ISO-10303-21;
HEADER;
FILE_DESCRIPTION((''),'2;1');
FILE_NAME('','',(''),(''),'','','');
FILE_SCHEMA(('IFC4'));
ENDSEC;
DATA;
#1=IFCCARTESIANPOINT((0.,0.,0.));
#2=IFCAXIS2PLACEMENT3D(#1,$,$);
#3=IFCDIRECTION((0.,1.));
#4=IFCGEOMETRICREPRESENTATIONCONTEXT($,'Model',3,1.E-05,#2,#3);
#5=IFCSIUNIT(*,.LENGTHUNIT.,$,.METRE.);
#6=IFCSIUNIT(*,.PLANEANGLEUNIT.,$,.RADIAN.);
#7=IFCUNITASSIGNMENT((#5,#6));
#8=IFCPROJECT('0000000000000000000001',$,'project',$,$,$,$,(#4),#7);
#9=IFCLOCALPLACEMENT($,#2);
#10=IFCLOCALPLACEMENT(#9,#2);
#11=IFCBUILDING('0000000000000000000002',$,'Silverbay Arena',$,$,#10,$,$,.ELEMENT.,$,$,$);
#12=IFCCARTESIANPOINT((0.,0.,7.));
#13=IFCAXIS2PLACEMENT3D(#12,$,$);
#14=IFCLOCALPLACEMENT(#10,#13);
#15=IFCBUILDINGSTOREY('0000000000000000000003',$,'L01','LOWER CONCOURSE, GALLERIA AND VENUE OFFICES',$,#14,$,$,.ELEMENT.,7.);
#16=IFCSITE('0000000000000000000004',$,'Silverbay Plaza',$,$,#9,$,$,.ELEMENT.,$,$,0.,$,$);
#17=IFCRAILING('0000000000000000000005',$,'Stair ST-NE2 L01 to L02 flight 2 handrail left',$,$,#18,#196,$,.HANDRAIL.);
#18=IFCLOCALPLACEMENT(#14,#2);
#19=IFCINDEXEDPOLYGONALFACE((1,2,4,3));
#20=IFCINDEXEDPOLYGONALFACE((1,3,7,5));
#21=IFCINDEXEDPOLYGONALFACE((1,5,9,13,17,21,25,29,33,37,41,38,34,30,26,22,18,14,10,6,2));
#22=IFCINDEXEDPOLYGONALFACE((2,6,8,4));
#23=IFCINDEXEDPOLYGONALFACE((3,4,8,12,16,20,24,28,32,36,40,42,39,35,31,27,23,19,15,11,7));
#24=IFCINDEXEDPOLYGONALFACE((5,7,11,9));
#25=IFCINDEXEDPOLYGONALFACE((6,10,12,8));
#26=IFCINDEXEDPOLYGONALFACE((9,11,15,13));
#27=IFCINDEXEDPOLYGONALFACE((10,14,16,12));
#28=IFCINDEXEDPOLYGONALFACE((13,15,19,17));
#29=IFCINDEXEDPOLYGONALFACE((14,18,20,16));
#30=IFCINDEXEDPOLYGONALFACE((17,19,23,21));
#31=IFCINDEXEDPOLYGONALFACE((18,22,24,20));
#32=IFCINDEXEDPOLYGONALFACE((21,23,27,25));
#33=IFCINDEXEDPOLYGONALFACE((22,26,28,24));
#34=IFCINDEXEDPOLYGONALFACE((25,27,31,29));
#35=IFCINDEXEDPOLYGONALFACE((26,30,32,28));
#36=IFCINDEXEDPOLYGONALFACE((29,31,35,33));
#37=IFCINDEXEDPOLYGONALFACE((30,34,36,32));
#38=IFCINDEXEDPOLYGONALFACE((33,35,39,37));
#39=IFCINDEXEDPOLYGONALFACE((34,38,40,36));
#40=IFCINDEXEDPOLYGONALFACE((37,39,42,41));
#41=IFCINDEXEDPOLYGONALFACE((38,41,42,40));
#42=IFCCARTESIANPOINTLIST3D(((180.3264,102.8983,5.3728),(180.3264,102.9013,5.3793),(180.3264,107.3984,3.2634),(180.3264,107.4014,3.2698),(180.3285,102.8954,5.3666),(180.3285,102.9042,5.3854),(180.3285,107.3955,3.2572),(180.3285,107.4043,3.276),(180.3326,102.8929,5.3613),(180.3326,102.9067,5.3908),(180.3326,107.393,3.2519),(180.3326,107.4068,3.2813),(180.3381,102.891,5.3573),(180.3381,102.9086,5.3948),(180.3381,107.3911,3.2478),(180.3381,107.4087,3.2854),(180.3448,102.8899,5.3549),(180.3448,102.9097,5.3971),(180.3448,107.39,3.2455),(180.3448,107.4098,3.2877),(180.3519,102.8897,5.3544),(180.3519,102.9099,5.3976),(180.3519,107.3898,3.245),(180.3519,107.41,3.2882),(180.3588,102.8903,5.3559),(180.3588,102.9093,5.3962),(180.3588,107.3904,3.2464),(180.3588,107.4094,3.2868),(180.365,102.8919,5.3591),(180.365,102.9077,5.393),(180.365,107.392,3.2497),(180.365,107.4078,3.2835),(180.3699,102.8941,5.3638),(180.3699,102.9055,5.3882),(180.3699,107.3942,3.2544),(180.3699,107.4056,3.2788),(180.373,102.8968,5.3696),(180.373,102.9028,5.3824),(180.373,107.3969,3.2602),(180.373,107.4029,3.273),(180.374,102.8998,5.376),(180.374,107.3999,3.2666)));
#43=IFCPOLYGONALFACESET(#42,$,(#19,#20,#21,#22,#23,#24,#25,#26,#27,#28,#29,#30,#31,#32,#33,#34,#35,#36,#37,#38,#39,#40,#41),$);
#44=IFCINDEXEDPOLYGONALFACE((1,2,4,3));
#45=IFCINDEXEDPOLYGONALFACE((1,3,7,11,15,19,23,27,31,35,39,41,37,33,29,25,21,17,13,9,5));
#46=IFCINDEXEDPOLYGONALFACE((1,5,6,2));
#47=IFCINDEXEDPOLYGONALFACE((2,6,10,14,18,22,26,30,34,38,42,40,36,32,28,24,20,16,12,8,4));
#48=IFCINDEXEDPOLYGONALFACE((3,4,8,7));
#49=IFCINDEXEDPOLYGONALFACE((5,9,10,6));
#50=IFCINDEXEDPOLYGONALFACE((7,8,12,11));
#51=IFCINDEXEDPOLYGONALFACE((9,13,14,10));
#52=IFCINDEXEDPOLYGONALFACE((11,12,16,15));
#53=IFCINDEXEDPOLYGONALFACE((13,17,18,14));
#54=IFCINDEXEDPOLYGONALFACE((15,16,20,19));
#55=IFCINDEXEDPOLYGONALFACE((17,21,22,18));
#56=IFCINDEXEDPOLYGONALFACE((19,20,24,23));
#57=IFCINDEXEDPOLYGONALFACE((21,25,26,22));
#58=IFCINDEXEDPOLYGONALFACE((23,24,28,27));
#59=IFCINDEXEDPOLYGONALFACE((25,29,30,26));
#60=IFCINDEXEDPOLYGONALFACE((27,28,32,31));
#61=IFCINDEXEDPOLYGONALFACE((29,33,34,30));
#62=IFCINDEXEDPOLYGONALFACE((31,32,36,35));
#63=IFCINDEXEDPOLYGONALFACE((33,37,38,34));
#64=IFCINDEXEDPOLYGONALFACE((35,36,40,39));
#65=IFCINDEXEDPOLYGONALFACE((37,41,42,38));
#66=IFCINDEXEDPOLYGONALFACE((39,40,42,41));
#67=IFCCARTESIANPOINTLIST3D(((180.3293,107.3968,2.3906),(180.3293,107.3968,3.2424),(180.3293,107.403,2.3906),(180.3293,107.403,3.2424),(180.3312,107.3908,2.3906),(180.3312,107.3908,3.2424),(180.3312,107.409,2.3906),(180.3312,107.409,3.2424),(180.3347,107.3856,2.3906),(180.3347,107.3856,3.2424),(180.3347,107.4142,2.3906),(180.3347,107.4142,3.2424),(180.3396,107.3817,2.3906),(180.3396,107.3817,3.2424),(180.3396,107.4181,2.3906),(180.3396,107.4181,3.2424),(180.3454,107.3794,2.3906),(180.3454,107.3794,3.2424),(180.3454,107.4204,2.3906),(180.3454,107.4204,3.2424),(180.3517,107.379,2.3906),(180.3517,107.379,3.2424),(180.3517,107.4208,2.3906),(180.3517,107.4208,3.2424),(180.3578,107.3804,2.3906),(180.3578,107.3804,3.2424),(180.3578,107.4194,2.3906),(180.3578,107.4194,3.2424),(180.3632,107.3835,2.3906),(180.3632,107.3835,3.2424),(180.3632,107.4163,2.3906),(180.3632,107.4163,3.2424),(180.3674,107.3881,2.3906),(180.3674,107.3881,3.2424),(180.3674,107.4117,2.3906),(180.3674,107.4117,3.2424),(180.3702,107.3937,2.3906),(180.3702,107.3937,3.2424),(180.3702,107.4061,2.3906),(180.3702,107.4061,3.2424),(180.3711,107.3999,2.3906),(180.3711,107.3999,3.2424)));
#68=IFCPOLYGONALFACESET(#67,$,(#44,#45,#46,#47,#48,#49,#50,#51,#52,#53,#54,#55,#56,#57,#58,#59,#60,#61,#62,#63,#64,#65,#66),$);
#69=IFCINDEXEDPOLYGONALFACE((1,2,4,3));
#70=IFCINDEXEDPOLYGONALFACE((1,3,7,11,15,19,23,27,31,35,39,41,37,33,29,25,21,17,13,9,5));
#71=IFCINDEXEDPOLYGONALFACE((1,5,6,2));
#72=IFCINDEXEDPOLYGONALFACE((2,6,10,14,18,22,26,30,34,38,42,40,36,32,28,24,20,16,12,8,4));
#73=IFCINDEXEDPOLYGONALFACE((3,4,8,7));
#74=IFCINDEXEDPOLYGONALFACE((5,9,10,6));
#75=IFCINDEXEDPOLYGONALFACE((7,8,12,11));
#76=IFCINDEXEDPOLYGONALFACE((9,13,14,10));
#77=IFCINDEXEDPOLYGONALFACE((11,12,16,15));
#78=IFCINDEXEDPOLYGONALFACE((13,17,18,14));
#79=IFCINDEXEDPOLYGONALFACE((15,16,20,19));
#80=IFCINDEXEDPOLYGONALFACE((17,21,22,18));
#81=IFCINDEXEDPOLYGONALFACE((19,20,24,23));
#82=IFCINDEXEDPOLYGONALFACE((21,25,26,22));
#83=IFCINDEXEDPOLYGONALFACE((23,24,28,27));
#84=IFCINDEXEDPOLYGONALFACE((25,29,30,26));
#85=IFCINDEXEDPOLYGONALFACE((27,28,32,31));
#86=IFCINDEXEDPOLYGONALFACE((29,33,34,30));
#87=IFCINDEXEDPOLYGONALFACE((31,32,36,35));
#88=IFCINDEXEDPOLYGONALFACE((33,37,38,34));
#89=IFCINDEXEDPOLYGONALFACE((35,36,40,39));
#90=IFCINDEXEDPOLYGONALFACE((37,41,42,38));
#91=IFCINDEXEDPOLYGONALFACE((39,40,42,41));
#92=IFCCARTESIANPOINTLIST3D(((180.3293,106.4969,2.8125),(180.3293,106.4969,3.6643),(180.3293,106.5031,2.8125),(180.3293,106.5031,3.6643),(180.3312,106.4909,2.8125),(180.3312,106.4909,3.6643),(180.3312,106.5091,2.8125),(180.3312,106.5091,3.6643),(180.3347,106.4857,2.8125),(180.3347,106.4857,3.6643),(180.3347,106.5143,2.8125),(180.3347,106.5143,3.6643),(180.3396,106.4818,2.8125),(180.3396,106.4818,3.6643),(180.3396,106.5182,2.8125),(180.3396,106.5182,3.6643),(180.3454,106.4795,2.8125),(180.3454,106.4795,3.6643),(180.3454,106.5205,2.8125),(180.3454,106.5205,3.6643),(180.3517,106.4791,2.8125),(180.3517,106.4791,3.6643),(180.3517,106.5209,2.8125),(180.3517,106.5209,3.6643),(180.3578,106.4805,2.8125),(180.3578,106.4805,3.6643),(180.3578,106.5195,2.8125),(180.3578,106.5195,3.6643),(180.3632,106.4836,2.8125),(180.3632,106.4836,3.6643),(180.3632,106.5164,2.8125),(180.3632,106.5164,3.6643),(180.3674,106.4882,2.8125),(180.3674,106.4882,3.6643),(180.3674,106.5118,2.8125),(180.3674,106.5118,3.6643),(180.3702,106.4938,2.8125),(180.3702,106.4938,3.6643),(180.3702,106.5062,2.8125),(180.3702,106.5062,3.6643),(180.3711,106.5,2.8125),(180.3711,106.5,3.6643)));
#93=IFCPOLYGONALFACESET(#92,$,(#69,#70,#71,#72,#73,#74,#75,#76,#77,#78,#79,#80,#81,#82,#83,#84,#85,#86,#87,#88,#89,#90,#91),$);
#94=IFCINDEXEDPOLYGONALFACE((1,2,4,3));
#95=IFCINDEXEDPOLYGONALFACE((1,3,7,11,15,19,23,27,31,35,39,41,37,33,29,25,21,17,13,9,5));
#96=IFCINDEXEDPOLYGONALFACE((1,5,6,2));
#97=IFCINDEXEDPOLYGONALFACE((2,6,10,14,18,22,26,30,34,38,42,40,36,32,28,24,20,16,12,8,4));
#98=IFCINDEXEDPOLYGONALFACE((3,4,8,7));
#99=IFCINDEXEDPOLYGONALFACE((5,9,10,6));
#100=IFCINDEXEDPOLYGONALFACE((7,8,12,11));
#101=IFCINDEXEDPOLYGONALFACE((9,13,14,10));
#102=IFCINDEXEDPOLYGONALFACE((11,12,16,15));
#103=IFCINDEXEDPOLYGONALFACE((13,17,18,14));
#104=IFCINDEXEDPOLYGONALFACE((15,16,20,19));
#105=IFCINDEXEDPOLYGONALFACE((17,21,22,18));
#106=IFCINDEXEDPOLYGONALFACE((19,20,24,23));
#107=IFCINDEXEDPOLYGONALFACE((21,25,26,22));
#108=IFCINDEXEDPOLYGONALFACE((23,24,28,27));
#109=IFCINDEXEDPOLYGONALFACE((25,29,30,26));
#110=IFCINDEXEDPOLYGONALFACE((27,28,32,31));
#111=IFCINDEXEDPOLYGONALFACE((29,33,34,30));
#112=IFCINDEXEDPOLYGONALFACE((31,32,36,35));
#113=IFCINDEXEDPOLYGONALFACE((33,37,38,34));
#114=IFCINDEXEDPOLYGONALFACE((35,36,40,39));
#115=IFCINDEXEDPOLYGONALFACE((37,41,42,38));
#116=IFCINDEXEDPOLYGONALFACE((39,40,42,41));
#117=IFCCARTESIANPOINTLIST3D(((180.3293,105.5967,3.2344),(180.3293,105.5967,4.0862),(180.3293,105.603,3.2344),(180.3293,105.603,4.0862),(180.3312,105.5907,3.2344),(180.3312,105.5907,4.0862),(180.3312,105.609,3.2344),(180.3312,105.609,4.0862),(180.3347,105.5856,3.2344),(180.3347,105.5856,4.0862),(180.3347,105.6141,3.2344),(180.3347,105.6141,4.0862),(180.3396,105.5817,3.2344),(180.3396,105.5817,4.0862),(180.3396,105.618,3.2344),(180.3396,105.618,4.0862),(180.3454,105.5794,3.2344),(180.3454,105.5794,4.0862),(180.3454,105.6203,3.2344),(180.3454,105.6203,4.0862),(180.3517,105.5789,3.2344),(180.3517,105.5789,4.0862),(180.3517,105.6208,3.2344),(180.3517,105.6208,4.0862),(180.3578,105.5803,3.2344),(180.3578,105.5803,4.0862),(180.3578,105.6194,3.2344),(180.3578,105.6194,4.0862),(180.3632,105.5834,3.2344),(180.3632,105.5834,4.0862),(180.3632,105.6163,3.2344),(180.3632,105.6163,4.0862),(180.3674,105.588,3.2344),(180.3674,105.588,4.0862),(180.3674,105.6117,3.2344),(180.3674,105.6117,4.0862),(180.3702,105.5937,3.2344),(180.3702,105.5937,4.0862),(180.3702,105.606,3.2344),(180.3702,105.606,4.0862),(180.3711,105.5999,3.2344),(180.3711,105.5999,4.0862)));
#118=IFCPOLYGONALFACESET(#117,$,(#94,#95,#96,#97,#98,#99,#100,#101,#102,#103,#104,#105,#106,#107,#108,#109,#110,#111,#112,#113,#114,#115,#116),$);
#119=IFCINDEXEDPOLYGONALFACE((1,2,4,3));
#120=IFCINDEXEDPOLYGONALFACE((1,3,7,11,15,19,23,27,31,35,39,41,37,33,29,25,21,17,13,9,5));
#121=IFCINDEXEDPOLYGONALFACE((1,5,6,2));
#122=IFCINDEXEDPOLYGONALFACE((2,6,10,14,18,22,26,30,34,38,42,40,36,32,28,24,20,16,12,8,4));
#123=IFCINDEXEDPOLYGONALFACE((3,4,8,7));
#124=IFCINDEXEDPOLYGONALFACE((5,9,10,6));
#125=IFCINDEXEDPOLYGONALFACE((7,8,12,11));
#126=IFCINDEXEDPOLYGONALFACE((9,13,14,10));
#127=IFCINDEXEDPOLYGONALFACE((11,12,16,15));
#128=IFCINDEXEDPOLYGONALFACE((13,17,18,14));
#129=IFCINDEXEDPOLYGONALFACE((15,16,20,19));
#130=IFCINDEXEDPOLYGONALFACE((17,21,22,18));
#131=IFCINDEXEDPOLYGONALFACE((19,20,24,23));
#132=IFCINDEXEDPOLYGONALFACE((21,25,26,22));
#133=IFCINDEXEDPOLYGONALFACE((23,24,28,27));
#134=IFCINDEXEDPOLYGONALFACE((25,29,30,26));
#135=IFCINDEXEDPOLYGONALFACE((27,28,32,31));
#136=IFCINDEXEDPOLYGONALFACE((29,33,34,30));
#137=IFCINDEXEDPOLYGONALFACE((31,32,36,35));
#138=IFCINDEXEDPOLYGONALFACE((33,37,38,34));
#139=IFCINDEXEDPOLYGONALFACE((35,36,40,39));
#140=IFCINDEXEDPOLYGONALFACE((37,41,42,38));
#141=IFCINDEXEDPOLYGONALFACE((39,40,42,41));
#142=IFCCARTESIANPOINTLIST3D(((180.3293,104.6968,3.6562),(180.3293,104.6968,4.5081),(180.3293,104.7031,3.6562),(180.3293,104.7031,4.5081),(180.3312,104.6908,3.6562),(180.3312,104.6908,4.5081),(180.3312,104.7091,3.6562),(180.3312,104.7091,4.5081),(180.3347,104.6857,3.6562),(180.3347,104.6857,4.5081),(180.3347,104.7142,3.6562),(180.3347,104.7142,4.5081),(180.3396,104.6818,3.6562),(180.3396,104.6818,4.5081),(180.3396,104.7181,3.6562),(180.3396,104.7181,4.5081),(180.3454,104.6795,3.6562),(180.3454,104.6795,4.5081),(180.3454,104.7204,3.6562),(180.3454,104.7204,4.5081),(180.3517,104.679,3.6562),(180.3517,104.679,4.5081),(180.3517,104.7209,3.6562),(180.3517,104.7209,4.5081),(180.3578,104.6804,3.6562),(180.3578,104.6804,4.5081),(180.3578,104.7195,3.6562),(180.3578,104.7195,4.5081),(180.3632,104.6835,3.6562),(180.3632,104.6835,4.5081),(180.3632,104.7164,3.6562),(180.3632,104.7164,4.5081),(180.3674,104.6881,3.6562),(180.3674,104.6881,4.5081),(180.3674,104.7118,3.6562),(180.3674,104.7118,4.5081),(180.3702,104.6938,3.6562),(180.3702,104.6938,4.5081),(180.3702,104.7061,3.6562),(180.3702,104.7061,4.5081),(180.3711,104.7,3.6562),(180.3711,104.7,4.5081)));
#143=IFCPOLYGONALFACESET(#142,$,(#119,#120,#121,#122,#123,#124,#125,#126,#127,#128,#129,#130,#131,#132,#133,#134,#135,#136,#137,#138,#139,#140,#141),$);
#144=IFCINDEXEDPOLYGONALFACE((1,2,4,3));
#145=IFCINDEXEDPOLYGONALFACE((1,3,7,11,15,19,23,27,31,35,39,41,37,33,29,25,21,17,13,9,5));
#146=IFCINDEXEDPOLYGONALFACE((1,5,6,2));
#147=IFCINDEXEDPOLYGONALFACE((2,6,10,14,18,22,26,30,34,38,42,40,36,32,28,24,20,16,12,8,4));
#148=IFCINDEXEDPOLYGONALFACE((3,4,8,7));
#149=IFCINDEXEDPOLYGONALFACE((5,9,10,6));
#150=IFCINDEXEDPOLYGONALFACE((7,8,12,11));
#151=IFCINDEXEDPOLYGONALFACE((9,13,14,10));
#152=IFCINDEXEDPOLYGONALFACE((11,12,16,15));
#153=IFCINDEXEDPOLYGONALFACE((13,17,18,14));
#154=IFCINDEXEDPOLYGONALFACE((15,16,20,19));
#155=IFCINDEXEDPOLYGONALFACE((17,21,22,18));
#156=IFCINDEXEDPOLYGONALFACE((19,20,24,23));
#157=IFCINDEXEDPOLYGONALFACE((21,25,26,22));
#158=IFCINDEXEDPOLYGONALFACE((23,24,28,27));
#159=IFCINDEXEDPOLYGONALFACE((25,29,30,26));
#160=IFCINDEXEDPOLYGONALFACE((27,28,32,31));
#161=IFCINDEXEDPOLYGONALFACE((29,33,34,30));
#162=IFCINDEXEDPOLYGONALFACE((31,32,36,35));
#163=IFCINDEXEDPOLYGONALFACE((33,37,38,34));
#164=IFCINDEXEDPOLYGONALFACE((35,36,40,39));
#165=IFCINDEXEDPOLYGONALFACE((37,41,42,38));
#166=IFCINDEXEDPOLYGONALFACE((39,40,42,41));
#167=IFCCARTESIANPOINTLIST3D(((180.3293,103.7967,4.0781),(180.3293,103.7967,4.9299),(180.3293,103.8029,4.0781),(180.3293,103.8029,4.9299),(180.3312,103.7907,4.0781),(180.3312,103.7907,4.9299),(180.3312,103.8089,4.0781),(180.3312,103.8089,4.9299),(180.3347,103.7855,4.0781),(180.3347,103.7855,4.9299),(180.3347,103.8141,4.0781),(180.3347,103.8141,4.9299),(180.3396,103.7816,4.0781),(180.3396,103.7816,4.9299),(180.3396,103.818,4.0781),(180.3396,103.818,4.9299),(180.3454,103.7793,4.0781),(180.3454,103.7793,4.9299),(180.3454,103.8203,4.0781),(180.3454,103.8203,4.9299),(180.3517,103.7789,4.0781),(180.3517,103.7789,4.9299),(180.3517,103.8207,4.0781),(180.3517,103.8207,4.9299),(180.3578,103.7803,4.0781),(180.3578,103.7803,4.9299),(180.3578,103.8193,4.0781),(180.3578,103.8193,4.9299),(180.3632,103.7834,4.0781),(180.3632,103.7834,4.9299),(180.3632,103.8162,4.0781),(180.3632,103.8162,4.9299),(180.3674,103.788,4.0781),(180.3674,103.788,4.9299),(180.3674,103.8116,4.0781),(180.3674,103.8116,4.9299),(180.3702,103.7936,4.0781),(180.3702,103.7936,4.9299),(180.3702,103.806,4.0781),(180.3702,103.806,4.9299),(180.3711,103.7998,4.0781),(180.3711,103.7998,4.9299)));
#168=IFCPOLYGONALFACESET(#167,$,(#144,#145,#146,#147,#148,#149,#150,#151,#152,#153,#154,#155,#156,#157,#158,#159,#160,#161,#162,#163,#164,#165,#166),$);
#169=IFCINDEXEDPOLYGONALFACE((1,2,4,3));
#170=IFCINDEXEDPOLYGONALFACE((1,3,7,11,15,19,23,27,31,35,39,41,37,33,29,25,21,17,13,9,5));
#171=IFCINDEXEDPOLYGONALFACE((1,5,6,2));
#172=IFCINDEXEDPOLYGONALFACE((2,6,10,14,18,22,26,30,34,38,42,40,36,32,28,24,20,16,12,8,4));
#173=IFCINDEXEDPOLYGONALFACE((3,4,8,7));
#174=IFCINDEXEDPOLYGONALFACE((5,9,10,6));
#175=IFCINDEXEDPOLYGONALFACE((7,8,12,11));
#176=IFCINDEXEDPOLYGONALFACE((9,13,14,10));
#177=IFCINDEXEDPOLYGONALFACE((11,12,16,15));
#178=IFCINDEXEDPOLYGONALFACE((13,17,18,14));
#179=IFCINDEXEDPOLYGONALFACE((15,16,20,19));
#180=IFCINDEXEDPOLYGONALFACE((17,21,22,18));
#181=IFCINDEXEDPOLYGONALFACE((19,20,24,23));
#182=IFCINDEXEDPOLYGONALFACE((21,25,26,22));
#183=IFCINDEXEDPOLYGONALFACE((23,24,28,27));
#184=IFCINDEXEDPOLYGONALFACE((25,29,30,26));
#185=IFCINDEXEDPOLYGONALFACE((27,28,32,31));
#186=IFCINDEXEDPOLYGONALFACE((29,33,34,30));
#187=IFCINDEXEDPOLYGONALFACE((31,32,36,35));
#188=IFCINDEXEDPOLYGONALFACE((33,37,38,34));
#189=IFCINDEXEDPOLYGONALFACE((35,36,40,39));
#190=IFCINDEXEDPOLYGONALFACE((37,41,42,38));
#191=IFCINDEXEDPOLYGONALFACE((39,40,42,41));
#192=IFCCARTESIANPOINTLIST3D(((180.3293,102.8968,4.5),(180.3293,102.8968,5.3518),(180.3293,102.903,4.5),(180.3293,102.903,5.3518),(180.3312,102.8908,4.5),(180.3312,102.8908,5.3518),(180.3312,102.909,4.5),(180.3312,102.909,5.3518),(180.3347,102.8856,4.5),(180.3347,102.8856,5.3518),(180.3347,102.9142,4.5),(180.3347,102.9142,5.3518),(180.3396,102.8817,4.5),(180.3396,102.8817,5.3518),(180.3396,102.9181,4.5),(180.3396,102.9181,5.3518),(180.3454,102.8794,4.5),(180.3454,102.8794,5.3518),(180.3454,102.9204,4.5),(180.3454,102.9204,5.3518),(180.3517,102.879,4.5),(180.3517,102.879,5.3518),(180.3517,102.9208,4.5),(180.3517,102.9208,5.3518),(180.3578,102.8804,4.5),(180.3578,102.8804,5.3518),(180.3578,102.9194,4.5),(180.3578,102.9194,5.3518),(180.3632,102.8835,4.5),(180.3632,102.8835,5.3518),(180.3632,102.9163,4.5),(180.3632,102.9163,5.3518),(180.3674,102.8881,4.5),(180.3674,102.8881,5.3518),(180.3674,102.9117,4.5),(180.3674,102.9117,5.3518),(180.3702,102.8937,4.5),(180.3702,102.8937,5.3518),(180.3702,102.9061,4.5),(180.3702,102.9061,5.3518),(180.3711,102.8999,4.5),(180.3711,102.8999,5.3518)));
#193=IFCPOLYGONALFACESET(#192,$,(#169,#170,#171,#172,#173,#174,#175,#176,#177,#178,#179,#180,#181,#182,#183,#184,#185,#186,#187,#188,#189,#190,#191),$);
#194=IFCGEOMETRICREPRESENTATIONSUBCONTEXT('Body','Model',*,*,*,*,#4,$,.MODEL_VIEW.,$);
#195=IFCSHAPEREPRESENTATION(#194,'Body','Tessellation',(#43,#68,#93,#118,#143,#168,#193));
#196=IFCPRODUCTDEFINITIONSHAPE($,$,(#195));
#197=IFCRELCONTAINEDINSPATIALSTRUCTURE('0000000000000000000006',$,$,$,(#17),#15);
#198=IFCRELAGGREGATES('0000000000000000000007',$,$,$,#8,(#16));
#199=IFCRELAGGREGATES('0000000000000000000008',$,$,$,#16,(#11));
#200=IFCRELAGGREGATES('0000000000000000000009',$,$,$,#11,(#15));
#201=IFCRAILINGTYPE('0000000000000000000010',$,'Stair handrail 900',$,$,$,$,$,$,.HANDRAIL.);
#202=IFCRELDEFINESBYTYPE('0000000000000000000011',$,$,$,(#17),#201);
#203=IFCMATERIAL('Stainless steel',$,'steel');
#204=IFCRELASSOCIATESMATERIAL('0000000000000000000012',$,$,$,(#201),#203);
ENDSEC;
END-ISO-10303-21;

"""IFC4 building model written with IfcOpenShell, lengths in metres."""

from ifc_helpers import new_model, si_unit, direction, frame, origin, origin_2d, place, context, subcontext, project, spatial, circle, extrude, material, type_object, element, save


model = new_model("IFC4")

# Units and contexts
model_context = context("Model", 3, precision=1e-05, world=origin(), true_north=direction((0.0, 1.0)))
body_context = subcontext(model_context, "Body", "Model", "MODEL_VIEW")
ifc_project = project(units=[si_unit("LENGTHUNIT", "METRE"), si_unit("PLANEANGLEUNIT", "RADIAN")], contexts=[model_context])

# Site, building, storey
site_placement = place(None, origin())
site = spatial("IfcSite", under=ifc_project, at=site_placement, Name="Silverbay Plaza", CompositionType="ELEMENT", RefElevation=0.0)
building_placement = place(site_placement, origin())
building = spatial("IfcBuilding", under=site, at=building_placement, Name="Silverbay Arena", CompositionType="ELEMENT")
storey_placement = place(building_placement, frame((0.0, 0.0, 7.0)))
storey = spatial("IfcBuildingStorey", under=building, at=storey_placement, Name="L01", Description="LOWER CONCOURSE, GALLERIA AND VENUE OFFICES", CompositionType="ELEMENT", Elevation=7.0)

# Railing
ifc_material_1 = material(Name="Stainless steel", Category="steel")
railing_type_1 = type_object("IfcRailingType", Name="Stair handrail 900", PredefinedType="HANDRAIL", material=ifc_material_1)
for number, where, name in (
    (1, (180.3501, 107.3999, 2.3906), "Stair ST-NE2 L01 to L02 flight 2 handrail left"),
):
    element("IfcRailing", number, at=place(storey_placement, frame(where)), inside=storey, type_object=railing_type_1, Name=name, PredefinedType="HANDRAIL", context=body_context, shape_type="SweptSolid", body=[
        extrude(circle(Radius=0.0239, at=origin_2d()), frame((0.0, 0.0, 0.876), z_axis=(0.0, -0.905459, 0.424434), x_axis=(1.0, 0.0, 0.0)), (0.0, 0.0, 1.0), 4.97),
        extrude(circle(Radius=0.021, at=origin_2d()), origin(), (0.0, 0.0, 1.0), 0.8518),
        extrude(circle(Radius=0.021, at=origin_2d()), frame((0.0, -0.8999, 0.4219)), (0.0, 0.0, 1.0), 0.8518),
        extrude(circle(Radius=0.021, at=origin_2d()), frame((0.0, -1.8, 0.8438)), (0.0, 0.0, 1.0), 0.8518),
        extrude(circle(Radius=0.021, at=origin_2d()), frame((0.0, -2.7, 1.2656)), (0.0, 0.0, 1.0), 0.8518),
        extrude(circle(Radius=0.021, at=origin_2d()), frame((0.0, -3.6001, 1.6875)), (0.0, 0.0, 1.0), 0.8518),
        extrude(circle(Radius=0.021, at=origin_2d()), frame((0.0, -4.5, 2.1094)), (0.0, 0.0, 1.0), 0.8518),
    ])

save(model, "model.ifc")
